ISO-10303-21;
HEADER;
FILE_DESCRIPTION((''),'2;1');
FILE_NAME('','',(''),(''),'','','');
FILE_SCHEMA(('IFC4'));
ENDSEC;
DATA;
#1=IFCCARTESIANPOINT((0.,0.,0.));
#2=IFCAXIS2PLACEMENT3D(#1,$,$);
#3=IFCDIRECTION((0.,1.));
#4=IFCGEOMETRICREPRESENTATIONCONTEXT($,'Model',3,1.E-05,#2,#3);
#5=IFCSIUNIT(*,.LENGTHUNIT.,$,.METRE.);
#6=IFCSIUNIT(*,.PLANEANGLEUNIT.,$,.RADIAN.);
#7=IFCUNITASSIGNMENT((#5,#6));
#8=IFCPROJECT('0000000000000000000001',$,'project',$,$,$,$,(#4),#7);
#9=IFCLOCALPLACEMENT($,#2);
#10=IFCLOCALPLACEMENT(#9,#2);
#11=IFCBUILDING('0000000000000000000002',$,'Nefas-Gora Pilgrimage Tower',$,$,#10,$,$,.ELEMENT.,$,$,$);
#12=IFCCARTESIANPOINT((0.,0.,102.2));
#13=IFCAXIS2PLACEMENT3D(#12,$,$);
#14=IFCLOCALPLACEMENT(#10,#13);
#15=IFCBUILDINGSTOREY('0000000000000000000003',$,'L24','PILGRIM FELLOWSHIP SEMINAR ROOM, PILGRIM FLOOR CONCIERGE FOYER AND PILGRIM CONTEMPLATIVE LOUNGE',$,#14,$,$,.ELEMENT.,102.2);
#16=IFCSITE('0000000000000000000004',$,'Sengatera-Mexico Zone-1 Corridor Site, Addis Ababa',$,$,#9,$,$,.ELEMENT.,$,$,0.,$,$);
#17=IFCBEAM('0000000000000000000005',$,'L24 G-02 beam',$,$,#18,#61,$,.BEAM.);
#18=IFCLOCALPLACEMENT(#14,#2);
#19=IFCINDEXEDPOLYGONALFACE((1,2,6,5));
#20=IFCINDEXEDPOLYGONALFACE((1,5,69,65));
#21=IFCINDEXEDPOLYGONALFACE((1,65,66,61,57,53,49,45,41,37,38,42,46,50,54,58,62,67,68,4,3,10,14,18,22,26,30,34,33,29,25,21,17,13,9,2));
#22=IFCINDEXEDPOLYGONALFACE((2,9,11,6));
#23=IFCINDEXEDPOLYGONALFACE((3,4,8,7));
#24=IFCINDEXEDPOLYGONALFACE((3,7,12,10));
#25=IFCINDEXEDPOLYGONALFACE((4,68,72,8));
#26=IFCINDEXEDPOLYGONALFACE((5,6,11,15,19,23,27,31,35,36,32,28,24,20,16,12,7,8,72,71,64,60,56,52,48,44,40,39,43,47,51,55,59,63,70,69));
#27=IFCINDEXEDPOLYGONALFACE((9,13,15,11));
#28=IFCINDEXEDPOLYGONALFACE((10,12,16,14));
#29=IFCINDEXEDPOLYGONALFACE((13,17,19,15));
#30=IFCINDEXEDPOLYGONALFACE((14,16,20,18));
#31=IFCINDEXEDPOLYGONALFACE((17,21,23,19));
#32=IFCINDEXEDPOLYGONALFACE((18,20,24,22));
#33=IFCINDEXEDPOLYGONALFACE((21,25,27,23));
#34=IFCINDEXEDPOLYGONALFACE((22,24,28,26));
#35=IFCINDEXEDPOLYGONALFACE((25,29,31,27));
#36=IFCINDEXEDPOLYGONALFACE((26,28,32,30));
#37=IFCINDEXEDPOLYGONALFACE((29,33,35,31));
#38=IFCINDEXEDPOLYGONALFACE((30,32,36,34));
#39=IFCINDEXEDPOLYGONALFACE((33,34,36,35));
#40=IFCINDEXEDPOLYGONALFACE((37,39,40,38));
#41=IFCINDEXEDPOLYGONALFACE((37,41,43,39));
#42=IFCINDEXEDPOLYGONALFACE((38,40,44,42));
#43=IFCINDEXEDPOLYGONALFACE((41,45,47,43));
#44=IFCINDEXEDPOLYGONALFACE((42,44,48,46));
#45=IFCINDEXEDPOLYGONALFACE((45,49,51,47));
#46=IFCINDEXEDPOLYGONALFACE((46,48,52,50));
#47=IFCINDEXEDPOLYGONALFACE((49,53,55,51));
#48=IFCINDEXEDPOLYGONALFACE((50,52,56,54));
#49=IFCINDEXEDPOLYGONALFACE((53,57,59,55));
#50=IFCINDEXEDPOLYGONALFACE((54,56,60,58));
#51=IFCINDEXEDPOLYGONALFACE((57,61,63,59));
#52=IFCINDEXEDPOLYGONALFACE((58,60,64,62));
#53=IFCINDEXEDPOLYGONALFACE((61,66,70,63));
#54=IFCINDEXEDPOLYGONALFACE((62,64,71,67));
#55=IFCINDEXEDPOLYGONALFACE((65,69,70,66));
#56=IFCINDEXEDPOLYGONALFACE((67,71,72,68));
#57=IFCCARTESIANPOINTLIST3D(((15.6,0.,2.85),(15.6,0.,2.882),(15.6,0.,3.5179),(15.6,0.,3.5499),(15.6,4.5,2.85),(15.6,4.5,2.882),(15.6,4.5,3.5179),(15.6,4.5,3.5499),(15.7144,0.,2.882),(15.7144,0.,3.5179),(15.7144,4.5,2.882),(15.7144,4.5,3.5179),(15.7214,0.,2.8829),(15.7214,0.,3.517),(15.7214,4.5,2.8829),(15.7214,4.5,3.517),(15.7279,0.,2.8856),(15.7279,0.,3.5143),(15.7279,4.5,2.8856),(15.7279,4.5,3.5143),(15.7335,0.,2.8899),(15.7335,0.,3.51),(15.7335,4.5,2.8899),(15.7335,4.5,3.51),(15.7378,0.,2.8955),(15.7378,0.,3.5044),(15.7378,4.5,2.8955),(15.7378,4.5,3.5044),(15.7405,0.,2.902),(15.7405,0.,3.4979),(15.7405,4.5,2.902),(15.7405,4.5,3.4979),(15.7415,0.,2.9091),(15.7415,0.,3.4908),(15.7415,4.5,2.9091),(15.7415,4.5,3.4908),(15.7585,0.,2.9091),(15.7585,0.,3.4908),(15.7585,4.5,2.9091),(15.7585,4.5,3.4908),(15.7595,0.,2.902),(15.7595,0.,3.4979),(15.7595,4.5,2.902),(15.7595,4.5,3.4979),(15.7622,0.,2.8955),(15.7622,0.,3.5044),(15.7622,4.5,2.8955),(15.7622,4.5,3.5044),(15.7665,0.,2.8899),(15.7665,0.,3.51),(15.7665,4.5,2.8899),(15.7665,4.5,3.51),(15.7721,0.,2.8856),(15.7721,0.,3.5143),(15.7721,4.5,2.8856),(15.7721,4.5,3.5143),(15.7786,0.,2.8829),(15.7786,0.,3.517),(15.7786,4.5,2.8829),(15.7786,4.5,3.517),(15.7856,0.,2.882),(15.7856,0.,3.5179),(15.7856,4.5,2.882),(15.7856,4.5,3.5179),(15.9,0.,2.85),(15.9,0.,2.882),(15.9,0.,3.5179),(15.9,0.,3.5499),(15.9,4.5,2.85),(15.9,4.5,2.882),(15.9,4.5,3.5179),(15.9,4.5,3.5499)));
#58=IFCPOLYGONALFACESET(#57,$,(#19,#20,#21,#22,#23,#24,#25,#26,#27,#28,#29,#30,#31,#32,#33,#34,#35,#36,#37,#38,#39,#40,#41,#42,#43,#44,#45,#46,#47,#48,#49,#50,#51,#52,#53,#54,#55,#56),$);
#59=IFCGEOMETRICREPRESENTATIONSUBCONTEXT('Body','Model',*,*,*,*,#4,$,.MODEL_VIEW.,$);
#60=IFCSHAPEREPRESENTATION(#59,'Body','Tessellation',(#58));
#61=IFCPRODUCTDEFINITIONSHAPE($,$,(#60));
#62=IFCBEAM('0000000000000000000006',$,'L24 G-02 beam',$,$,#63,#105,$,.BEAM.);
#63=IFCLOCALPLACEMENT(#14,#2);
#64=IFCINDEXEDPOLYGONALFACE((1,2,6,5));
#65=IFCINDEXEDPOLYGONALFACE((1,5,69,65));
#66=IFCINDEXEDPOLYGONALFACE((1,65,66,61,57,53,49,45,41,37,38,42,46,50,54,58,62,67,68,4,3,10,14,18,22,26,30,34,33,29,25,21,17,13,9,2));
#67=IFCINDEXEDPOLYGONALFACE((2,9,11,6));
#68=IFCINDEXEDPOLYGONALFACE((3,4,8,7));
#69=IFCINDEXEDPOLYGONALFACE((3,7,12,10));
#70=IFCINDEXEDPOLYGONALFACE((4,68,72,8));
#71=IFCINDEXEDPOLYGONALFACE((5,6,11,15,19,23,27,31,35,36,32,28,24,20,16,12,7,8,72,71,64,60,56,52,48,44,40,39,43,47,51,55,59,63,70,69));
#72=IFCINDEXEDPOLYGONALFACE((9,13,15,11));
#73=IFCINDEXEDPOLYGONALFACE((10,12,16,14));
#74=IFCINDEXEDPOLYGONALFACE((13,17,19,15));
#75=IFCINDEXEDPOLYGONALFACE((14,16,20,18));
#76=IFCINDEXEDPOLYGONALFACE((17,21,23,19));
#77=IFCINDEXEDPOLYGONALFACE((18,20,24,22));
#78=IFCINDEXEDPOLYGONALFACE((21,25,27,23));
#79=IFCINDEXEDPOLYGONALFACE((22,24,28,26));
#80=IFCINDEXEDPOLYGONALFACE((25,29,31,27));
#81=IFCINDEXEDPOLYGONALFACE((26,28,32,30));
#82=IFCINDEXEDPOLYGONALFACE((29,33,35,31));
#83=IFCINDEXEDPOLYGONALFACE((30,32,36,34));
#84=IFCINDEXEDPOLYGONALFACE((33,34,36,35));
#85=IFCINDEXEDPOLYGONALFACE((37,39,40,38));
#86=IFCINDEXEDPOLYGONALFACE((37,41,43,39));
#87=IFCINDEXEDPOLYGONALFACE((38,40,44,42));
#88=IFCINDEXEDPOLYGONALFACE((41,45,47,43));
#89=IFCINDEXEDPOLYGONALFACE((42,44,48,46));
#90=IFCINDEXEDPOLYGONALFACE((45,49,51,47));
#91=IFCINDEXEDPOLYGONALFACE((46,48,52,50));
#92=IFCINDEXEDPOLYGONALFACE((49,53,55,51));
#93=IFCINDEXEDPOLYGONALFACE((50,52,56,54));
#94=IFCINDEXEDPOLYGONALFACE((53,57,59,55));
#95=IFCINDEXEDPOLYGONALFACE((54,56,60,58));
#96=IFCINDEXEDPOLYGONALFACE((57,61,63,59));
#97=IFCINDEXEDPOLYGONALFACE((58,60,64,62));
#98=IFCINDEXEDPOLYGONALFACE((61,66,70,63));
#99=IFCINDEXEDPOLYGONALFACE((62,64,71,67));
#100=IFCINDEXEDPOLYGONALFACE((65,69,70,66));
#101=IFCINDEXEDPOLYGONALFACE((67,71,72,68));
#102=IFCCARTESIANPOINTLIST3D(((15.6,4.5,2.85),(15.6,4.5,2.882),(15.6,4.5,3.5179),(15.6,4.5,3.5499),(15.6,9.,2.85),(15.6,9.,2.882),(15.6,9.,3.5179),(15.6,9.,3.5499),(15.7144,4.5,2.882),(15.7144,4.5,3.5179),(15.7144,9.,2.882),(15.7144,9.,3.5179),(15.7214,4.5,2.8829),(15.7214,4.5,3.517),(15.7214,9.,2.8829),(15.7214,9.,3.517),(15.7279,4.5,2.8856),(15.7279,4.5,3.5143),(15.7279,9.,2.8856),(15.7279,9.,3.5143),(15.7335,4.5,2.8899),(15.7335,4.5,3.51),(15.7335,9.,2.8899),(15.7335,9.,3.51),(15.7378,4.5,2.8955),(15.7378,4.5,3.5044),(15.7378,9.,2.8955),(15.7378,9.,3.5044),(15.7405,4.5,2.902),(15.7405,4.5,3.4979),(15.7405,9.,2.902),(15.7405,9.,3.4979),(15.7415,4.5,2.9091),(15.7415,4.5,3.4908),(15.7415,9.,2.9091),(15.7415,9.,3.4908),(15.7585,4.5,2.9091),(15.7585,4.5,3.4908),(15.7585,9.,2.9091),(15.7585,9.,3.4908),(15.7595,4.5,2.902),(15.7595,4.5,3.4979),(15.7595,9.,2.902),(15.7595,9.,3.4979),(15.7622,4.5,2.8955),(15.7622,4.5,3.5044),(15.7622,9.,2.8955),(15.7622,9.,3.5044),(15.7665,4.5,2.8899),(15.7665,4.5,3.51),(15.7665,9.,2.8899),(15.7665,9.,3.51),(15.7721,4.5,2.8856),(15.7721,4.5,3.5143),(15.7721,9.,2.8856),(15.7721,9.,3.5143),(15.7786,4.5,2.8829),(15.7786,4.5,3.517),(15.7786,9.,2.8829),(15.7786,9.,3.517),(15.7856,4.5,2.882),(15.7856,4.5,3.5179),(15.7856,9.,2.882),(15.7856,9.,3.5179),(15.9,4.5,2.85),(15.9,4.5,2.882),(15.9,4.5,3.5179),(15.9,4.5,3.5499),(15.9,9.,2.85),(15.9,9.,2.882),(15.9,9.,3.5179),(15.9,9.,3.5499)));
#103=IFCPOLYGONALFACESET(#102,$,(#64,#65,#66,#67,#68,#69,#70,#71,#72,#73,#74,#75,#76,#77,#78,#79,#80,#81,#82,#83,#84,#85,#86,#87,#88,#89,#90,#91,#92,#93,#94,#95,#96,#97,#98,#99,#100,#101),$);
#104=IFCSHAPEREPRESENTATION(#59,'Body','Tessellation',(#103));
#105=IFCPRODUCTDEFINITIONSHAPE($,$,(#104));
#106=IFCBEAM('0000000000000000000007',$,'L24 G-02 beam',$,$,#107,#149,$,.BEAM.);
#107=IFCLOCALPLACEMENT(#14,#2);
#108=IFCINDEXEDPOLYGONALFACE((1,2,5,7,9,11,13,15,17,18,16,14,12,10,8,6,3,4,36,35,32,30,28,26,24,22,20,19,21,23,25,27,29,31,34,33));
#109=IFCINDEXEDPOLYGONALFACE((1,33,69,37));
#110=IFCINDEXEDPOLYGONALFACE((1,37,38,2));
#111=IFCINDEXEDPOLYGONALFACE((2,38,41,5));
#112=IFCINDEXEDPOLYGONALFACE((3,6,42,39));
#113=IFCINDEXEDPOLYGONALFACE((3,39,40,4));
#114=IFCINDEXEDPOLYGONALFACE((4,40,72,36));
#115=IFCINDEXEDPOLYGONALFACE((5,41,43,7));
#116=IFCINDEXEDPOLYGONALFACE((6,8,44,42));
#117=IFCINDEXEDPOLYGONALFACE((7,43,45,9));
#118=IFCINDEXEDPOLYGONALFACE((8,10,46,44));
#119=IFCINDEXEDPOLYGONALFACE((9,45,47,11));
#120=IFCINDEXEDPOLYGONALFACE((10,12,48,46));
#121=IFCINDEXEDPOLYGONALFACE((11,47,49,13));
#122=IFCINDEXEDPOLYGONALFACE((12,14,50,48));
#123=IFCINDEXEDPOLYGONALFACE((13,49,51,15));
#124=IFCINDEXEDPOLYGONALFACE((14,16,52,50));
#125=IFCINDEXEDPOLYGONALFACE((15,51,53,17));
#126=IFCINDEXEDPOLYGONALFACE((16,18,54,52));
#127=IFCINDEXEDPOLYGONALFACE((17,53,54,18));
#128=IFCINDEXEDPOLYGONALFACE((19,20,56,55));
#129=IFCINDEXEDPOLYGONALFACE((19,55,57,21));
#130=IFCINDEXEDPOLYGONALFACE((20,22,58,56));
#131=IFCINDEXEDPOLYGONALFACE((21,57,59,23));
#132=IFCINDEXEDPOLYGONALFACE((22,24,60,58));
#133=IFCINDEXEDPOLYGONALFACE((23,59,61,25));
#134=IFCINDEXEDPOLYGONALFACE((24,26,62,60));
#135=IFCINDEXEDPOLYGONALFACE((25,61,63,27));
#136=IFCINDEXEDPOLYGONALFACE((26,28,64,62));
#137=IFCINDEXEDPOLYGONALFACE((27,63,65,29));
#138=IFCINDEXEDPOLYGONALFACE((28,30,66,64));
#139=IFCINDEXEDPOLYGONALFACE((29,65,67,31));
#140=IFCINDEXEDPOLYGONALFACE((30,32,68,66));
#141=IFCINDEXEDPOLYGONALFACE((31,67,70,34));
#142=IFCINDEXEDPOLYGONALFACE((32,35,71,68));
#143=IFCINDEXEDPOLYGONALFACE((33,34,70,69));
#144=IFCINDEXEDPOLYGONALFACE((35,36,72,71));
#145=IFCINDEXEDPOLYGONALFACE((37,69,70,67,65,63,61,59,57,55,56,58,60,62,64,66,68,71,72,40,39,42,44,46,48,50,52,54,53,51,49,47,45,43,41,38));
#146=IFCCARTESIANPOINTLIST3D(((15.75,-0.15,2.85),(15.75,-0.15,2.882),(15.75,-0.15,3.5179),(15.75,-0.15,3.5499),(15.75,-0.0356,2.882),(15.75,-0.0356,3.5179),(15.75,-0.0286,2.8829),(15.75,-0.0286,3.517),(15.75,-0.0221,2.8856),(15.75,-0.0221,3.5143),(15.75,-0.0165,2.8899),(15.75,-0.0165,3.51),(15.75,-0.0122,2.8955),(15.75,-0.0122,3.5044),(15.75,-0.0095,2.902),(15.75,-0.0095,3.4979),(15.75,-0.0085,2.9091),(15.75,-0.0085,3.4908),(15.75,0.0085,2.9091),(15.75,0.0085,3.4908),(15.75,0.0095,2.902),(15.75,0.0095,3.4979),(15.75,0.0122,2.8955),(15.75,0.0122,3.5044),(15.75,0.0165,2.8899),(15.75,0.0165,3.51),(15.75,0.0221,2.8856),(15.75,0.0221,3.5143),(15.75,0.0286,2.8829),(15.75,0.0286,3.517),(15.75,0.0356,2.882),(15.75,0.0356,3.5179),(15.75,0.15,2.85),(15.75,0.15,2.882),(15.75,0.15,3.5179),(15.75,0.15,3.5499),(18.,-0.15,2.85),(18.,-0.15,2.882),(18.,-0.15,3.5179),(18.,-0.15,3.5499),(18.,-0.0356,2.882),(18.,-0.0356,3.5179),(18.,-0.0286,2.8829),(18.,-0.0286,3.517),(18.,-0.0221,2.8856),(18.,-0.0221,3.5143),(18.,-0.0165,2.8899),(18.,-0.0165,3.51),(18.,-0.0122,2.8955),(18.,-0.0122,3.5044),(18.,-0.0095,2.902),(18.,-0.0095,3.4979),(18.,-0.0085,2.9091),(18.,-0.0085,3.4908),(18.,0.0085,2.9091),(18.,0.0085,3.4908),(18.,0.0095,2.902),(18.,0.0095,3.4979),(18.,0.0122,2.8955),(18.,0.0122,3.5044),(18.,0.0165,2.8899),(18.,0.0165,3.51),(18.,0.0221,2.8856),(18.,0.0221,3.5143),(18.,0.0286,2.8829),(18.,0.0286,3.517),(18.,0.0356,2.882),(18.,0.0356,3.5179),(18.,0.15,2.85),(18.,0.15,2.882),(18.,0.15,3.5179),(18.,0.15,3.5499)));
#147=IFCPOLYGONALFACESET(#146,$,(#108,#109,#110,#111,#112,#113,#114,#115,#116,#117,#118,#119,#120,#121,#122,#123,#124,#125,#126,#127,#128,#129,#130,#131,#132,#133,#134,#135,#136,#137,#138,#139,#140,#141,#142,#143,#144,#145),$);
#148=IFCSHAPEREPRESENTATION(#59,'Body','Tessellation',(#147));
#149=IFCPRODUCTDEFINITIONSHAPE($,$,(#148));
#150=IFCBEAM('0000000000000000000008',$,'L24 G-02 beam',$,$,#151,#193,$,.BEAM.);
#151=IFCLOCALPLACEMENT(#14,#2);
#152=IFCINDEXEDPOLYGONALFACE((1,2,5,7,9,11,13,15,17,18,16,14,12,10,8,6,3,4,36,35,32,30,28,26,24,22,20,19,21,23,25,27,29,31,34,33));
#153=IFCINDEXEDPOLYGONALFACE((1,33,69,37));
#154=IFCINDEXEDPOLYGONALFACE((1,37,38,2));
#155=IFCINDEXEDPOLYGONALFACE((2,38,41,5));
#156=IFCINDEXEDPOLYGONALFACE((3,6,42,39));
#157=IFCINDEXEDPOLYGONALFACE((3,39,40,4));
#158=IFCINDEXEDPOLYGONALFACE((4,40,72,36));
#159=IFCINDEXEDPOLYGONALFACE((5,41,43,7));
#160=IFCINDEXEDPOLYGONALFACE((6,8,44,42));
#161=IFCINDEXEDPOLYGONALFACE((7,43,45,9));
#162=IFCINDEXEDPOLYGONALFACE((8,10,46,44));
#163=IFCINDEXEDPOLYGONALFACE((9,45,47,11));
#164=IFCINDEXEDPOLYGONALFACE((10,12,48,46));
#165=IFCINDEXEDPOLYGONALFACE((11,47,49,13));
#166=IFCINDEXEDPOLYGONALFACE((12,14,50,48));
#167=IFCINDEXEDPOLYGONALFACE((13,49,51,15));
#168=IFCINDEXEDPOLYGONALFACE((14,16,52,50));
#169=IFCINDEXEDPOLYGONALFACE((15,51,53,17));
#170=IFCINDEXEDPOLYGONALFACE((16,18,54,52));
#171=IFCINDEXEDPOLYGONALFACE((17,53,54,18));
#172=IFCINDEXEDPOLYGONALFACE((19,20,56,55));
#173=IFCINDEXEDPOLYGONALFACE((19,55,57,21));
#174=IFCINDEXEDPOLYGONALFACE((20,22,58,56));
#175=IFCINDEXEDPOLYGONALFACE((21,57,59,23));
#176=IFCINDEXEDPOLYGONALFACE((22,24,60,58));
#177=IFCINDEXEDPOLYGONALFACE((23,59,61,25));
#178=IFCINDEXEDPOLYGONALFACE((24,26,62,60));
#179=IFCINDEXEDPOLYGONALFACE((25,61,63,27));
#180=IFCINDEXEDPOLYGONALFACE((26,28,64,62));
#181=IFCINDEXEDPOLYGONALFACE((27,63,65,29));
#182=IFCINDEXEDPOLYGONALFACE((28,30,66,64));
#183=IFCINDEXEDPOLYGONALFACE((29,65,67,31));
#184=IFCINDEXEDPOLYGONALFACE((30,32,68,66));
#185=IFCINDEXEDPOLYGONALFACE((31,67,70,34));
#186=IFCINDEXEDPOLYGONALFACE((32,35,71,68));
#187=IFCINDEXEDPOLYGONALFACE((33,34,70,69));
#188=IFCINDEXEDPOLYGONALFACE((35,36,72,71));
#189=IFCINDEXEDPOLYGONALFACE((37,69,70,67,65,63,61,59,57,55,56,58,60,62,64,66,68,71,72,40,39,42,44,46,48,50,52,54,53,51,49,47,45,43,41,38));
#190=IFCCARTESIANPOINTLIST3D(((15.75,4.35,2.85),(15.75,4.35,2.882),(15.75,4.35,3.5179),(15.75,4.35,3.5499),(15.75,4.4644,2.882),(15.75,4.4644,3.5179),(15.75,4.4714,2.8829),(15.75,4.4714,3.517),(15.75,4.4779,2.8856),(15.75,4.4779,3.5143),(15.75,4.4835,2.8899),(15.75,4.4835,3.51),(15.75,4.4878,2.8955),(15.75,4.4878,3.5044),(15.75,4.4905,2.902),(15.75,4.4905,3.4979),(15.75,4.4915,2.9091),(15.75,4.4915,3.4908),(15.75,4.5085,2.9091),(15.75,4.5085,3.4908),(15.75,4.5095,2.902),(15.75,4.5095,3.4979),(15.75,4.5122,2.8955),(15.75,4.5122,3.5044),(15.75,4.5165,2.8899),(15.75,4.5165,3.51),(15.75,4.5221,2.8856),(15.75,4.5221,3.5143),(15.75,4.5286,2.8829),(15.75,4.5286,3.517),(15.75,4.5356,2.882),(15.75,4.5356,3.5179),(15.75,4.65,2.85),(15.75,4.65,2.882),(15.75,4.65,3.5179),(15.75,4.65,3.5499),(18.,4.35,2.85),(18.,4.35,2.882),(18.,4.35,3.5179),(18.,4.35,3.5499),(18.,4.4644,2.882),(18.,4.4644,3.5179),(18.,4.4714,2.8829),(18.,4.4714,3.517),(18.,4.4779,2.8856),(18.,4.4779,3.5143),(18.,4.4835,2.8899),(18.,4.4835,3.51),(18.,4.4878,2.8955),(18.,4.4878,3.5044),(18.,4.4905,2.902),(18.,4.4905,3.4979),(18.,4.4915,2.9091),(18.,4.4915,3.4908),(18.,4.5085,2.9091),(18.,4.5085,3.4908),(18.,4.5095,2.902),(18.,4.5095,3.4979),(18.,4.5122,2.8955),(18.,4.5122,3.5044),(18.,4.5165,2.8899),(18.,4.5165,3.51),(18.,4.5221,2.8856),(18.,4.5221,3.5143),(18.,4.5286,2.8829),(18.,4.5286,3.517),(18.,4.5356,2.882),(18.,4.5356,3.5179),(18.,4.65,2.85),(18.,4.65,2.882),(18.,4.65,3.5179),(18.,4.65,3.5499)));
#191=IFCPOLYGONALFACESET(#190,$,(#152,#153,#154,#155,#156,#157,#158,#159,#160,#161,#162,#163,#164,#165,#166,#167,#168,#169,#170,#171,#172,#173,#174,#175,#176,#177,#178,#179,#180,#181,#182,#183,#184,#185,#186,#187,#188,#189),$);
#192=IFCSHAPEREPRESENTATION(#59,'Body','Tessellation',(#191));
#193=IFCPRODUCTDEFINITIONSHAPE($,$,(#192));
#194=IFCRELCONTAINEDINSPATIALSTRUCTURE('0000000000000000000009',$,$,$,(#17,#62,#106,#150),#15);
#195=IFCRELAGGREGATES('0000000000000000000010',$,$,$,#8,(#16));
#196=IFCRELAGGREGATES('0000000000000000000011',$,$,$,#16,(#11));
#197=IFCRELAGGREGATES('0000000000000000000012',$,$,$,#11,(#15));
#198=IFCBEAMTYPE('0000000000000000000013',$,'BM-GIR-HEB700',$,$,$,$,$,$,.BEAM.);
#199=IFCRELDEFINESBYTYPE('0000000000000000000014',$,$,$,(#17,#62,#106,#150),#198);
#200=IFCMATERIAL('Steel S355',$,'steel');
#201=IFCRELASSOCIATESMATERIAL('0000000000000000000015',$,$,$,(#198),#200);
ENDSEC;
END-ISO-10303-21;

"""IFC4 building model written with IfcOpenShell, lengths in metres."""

from ifc_helpers import new_model, si_unit, direction, frame, origin, origin_2d, place, context, subcontext, project, spatial, i_section, extrude, source, transform, mapped, material, material_profile, profile_set, type_object, element, save


model = new_model("IFC4")

# Units and contexts
model_context = context("Model", 3, precision=1e-05, world=origin(), true_north=direction((0.0, 1.0)))
body_context = subcontext(model_context, "Body", "Model", "MODEL_VIEW")
ifc_project = project(units=[si_unit("LENGTHUNIT", "METRE"), si_unit("PLANEANGLEUNIT", "RADIAN")], contexts=[model_context])

# Site, building, storey
site_placement = place(None, origin())
site = spatial("IfcSite", under=ifc_project, at=site_placement, Name="Sengatera-Mexico Zone-1 Corridor Site, Addis Ababa", CompositionType="ELEMENT", RefElevation=0.0)
building_placement = place(site_placement, origin())
building = spatial("IfcBuilding", under=site, at=building_placement, Name="Nefas-Gora Pilgrimage Tower", CompositionType="ELEMENT")
storey_placement = place(building_placement, frame((0.0, 0.0, 102.2)))
storey = spatial("IfcBuildingStorey", under=building, at=storey_placement, Name="L24", Description="PILGRIM FELLOWSHIP SEMINAR ROOM, PILGRIM FLOOR CONCIERGE FOYER AND PILGRIM CONTEMPLATIVE LOUNGE", CompositionType="ELEMENT", Elevation=102.2)

# Beams
ifc_material_1 = material(Name="Steel S355", Category="steel")
ifc_material_profile_1 = material_profile(ifc_material_1, i_section(OverallWidth=0.3, OverallDepth=0.7, WebThickness=0.0171, FlangeThickness=0.032, FilletRadius=0.0271, at=origin_2d()), Name="HEB 700")
ifc_profile_set_1 = profile_set([ifc_material_profile_1], Name="Steel S355")
beam_type = type_object("IfcBeamType", Name="BM-GIR-HEB700", PredefinedType="BEAM", material=ifc_profile_set_1)
shared_shape_1 = source(origin(), body_context, "Body", "SweptSolid", [
    extrude(i_section(OverallWidth=0.3, OverallDepth=0.7, WebThickness=0.0171, FlangeThickness=0.032, FilletRadius=0.0271, at=origin_2d()), origin(), (0.0, 0.0, 1.0), 4.5),
])
for number, where, z_axis, x_axis, name in (
    (1, (15.75, 0.0, 3.2), (0.0, 1.0, 0.0), (-1.0, 0.0, 0.0), "L24 G-02 beam"),
    (2, (15.75, 4.5, 3.2), (0.0, 1.0, 0.0), (-1.0, 0.0, 0.0), "L24 G-02 beam"),
):
    element("IfcBeam", number, at=place(storey_placement, frame(where, z_axis=z_axis, x_axis=x_axis)), inside=storey, type_object=beam_type, Name=name, PredefinedType="BEAM", context=body_context, shape_type="MappedRepresentation", body=[
        mapped(shared_shape_1, transform((0.0, 0.0, 0.0), x_axis=(1.0, 0.0, 0.0), y_axis=(0.0, 1.0, 0.0), z_axis=(0.0, 0.0, 1.0), scale=1.0)),
    ])
shared_shape_2 = source(origin(), body_context, "Body", "SweptSolid", [
    extrude(i_section(OverallWidth=0.3, OverallDepth=0.7, WebThickness=0.0171, FlangeThickness=0.032, FilletRadius=0.0271, at=origin_2d()), origin(), (0.0, 0.0, 1.0), 2.25),
])
for number, where, z_axis, x_axis, name in (
    (3, (15.75, 0.0, 3.2), (1.0, 0.0, 0.0), (0.0, 1.0, 0.0), "L24 G-02 beam"),
    (4, (15.75, 4.5, 3.2), (1.0, 0.0, 0.0), (0.0, 1.0, 0.0), "L24 G-02 beam"),
):
    element("IfcBeam", number, at=place(storey_placement, frame(where, z_axis=z_axis, x_axis=x_axis)), inside=storey, type_object=beam_type, Name=name, PredefinedType="BEAM", context=body_context, shape_type="MappedRepresentation", body=[
        mapped(shared_shape_2, transform((0.0, 0.0, 0.0), x_axis=(1.0, 0.0, 0.0), y_axis=(0.0, 1.0, 0.0), z_axis=(0.0, 0.0, 1.0), scale=1.0)),
    ])

save(model, "model.ifc")
